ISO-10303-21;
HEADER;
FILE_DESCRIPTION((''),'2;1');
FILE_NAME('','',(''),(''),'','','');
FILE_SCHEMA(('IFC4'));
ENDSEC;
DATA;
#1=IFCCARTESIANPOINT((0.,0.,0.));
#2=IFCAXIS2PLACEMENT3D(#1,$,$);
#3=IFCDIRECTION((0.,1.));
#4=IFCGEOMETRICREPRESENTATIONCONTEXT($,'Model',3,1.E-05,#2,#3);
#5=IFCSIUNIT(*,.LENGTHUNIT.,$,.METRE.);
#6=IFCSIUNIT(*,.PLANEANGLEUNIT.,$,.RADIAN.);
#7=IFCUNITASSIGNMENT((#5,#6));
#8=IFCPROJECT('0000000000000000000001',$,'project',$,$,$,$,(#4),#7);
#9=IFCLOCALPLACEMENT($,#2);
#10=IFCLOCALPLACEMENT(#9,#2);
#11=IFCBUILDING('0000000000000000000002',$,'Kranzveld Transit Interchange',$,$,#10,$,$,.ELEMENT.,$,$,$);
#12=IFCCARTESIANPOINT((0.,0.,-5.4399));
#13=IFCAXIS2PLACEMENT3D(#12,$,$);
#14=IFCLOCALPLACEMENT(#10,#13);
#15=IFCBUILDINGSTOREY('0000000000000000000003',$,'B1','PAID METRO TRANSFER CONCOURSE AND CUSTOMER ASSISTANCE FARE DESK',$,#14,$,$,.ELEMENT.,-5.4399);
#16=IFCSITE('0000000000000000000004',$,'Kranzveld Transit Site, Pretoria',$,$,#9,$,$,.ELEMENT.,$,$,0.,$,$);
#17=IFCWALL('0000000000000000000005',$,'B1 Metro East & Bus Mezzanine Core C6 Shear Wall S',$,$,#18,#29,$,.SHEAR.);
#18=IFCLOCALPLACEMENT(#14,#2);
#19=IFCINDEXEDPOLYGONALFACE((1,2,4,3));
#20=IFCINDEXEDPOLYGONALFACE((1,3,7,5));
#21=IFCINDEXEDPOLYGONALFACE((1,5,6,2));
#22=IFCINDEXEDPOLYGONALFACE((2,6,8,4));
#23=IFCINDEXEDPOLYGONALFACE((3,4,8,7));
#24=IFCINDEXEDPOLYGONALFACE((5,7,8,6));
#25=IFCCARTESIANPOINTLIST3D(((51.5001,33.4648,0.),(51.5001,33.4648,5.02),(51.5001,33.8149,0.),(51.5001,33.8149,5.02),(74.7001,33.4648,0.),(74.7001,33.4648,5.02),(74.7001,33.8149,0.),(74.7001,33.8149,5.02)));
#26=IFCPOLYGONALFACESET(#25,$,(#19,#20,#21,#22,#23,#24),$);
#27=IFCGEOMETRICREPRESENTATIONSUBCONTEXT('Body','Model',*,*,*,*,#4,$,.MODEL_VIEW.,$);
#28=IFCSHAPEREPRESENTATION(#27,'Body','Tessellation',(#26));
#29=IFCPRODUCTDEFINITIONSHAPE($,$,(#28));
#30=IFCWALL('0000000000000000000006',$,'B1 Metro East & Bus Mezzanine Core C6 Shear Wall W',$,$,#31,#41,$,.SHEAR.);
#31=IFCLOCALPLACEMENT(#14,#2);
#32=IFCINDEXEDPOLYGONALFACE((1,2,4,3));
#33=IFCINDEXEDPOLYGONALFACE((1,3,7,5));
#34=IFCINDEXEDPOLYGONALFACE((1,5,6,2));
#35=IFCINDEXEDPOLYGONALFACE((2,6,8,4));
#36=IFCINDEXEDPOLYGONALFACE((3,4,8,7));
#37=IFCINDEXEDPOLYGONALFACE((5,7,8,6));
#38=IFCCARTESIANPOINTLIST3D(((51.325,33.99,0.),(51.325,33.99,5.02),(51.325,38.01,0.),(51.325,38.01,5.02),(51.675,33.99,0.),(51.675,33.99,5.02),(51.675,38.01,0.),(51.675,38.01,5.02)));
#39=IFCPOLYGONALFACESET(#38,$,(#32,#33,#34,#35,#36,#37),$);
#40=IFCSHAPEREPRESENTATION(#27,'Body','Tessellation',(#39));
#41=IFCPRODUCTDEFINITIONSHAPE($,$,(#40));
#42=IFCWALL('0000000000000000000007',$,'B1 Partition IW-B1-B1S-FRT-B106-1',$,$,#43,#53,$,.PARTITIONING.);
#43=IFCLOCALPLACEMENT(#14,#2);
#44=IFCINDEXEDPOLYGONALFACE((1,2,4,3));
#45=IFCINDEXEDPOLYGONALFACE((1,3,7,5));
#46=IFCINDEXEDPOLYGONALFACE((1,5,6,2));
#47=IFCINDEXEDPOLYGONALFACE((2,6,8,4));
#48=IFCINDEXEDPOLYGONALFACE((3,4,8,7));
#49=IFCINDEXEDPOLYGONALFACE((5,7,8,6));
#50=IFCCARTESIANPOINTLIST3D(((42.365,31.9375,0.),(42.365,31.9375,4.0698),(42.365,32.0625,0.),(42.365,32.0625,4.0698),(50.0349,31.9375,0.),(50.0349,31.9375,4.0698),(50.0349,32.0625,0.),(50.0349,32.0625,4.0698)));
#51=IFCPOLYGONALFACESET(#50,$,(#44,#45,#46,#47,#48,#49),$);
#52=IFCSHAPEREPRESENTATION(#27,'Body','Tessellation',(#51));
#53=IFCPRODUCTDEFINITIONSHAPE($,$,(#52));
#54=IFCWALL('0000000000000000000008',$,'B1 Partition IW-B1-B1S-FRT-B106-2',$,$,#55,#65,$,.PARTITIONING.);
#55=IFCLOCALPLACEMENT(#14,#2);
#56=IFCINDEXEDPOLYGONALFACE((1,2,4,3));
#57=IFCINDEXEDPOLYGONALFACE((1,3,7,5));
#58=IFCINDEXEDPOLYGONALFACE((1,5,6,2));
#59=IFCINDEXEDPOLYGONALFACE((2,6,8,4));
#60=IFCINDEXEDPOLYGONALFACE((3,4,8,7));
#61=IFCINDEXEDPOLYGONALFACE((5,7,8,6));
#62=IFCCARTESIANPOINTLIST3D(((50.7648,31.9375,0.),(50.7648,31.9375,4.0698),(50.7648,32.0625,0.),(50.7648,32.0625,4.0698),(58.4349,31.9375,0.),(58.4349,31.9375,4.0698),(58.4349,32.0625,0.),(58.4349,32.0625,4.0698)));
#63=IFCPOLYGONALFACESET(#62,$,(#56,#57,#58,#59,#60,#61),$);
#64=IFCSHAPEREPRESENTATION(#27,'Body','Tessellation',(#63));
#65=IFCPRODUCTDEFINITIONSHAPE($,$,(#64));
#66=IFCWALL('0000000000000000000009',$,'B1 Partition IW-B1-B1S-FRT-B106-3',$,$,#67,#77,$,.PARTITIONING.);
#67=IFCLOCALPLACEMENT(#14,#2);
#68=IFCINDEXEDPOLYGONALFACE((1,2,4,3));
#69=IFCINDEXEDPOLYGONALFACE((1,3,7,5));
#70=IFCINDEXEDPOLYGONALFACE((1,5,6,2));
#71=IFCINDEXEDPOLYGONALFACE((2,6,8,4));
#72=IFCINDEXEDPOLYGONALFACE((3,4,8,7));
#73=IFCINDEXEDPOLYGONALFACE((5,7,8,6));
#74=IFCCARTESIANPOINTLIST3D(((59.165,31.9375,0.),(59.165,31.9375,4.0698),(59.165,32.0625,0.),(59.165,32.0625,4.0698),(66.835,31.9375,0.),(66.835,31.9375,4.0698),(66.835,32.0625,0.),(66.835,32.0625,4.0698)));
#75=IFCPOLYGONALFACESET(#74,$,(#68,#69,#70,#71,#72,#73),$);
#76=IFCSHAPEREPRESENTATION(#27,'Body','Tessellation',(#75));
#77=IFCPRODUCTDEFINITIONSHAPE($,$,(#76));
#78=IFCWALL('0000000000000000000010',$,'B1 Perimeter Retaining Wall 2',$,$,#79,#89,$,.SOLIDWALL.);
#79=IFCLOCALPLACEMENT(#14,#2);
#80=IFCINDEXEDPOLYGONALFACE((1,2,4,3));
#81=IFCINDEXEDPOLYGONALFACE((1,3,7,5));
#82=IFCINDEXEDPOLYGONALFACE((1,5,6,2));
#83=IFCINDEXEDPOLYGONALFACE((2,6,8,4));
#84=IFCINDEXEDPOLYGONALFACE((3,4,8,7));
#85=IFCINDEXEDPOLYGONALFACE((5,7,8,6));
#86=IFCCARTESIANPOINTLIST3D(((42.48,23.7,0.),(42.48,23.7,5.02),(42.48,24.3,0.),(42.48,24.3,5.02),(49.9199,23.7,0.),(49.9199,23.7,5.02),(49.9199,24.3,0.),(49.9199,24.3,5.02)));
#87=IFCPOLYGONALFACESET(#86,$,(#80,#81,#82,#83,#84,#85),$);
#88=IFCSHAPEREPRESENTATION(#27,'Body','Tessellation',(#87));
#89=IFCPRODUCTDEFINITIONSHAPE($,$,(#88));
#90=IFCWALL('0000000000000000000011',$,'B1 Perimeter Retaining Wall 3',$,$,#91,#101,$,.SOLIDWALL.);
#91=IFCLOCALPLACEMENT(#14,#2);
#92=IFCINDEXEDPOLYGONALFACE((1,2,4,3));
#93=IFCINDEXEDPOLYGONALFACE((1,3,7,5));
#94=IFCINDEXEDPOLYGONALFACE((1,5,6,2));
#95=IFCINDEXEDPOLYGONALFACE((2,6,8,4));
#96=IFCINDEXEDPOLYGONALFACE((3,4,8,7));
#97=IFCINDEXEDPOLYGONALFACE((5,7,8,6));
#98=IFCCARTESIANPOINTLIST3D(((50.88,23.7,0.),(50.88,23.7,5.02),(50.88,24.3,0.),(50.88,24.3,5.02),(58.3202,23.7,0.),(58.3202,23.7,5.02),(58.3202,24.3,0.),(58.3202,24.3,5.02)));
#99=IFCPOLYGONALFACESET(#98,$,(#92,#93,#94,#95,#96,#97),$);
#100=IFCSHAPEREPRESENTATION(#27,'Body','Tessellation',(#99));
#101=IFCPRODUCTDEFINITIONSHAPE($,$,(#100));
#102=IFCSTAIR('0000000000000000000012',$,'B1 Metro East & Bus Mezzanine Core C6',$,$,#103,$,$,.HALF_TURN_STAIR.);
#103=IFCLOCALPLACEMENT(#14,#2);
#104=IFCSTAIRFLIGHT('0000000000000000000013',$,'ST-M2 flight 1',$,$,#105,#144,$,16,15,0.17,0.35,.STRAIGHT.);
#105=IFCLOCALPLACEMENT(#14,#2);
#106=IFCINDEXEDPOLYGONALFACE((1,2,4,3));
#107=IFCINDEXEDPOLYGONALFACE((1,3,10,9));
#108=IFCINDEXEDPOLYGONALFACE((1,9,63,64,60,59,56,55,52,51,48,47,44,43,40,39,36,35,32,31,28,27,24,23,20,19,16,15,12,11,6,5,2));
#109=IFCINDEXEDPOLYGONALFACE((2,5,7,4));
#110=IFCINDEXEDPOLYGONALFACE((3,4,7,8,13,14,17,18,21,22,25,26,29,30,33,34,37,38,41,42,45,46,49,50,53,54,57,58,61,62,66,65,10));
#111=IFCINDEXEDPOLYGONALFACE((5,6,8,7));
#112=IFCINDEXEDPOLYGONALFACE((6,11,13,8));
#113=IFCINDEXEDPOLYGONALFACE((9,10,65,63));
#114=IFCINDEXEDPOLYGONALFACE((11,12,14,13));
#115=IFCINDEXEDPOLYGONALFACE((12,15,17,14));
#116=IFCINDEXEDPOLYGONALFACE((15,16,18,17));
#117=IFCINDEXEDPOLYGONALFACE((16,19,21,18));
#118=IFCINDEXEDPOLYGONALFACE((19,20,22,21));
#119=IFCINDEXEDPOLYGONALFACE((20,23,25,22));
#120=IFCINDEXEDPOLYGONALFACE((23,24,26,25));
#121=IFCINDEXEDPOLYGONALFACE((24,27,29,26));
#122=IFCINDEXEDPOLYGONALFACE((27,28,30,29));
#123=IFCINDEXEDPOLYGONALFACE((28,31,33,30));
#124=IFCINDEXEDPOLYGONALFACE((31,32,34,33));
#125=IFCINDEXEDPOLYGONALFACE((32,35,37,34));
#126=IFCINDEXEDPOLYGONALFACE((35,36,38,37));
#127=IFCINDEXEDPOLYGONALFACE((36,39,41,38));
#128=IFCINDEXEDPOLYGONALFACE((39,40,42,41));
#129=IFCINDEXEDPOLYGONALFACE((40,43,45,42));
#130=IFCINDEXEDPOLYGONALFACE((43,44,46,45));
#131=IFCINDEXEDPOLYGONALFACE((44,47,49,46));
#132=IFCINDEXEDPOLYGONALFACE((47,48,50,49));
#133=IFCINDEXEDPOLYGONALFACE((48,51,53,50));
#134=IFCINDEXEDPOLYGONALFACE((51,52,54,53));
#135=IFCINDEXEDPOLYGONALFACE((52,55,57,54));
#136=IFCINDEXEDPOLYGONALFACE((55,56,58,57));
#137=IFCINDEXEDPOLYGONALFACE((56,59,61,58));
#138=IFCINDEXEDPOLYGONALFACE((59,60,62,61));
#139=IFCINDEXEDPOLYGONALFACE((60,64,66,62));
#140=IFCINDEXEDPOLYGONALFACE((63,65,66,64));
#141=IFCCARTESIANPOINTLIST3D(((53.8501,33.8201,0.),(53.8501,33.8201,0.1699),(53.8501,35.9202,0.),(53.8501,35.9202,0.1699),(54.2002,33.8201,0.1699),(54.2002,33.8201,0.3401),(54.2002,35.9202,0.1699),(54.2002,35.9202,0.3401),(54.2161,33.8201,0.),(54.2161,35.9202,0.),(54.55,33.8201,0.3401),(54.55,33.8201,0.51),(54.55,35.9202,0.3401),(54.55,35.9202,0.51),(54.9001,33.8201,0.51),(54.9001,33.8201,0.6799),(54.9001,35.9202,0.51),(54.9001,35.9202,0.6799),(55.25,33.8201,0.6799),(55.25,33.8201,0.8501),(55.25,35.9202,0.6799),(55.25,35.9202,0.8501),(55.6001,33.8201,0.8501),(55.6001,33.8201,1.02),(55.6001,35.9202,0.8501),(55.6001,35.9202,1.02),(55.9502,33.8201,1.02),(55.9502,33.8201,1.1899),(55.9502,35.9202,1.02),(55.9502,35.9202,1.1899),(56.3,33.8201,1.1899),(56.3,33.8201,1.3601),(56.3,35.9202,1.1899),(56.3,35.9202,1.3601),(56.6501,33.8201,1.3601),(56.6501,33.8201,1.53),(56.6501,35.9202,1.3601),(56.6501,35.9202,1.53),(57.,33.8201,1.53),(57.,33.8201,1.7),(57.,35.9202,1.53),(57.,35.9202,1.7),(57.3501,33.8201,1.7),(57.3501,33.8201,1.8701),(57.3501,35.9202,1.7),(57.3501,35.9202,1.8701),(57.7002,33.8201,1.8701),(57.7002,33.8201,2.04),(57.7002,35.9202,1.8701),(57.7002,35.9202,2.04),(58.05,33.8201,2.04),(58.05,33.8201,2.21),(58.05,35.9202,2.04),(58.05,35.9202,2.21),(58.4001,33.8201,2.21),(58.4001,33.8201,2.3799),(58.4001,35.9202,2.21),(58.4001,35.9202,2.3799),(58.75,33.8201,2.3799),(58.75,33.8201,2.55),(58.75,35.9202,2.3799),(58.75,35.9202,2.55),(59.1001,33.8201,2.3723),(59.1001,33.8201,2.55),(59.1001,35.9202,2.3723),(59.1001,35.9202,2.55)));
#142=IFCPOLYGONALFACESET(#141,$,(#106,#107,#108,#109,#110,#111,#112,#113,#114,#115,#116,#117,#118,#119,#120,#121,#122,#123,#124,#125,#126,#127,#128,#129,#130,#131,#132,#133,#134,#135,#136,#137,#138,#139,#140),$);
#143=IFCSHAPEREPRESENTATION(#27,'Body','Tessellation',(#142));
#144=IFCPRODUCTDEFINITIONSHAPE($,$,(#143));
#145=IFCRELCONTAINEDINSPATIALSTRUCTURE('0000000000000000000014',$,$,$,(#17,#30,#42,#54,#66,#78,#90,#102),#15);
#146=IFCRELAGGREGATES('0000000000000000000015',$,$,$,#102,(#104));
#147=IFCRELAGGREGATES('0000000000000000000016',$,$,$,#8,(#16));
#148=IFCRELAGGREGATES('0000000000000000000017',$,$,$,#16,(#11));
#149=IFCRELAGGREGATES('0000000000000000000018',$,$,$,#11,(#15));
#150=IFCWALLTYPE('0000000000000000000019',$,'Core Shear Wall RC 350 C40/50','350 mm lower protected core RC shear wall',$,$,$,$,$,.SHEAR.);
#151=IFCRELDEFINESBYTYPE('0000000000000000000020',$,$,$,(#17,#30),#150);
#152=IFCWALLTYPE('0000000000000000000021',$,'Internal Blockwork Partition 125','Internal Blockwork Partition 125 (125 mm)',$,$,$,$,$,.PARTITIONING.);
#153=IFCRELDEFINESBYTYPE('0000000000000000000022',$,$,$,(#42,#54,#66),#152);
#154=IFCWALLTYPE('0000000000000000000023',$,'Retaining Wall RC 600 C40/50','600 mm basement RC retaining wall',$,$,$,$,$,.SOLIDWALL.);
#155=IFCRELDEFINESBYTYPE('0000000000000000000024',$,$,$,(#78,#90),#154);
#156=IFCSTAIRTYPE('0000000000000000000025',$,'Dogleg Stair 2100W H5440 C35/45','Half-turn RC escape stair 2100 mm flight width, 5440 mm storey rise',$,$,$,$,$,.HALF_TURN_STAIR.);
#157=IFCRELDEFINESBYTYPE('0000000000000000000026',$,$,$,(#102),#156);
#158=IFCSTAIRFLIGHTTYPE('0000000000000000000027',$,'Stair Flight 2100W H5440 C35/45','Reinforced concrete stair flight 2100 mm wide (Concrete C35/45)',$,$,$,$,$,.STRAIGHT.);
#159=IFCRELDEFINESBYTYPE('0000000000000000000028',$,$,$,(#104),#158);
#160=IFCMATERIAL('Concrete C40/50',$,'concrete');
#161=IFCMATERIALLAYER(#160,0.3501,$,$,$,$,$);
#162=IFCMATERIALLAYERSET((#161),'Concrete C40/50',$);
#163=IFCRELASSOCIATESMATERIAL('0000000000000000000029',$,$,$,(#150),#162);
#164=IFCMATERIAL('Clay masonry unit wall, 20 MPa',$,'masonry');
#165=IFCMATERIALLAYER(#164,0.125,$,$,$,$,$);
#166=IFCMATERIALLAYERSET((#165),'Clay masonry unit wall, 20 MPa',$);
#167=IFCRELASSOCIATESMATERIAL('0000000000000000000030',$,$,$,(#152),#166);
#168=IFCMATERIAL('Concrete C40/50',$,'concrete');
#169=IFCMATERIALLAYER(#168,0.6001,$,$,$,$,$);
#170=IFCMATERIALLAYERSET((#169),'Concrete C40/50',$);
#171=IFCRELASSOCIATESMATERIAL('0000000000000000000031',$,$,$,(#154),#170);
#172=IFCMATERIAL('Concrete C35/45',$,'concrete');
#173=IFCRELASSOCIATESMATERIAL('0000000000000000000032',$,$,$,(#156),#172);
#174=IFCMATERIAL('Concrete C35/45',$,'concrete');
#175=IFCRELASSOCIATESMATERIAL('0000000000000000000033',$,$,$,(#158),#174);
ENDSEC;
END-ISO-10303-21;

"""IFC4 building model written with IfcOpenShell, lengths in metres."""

from ifc_helpers import new_model, si_unit, direction, frame, frame_2d, origin, place, context, subcontext, project, spatial, polyline, rectangle, outline, extrude, material, layer, layer_set, type_object, element, aggregate, save


model = new_model("IFC4")

# Units and contexts
model_context = context("Model", 3, precision=1e-05, world=origin(), true_north=direction((0.0, 1.0)))
body_context = subcontext(model_context, "Body", "Model", "MODEL_VIEW")
ifc_project = project(units=[si_unit("LENGTHUNIT", "METRE"), si_unit("PLANEANGLEUNIT", "RADIAN")], contexts=[model_context])

# Site, building, storey
site_placement = place(None, origin())
site = spatial("IfcSite", under=ifc_project, at=site_placement, Name="Kranzveld Transit Site, Pretoria", CompositionType="ELEMENT", RefElevation=0.0)
building_placement = place(site_placement, origin())
building = spatial("IfcBuilding", under=site, at=building_placement, Name="Kranzveld Transit Interchange", CompositionType="ELEMENT")
storey_placement = place(building_placement, frame((0.0, 0.0, -5.4399)))
storey = spatial("IfcBuildingStorey", under=building, at=storey_placement, Name="B1", Description="PAID METRO TRANSFER CONCOURSE AND CUSTOMER ASSISTANCE FARE DESK", CompositionType="ELEMENT", Elevation=-5.4399)

# Walls
ifc_material_1 = material(Name="Concrete C40/50", Category="concrete")
ifc_layer_1 = layer(ifc_material_1, 0.3501)
ifc_layer_set_1 = layer_set([ifc_layer_1], Name="Concrete C40/50")
wall_type_1 = type_object("IfcWallType", Name="Core Shear Wall RC 350 C40/50", Description="350 mm lower protected core RC shear wall", PredefinedType="SHEAR", material=ifc_layer_set_1)
wall_1_placement = place(storey_placement, frame((51.5, 33.6399, 0.0), z_axis=(0.0, 0.0, 1.0), x_axis=(1.0, 0.0, 0.0)))
element("IfcWall", 1, at=wall_1_placement, inside=storey, type_object=wall_type_1, Name="B1 Metro East & Bus Mezzanine Core C6 Shear Wall S", PredefinedType="SHEAR", context=body_context, shape_type="SweptSolid", body=[
    extrude(rectangle(XDim=23.2, YDim=0.3501, at=frame_2d((11.6001, 0.0))), origin(), (0.0, 0.0, 1.0), 5.02),
])
wall_2_placement = place(storey_placement, frame((51.5, 33.99, 0.0), z_axis=(0.0, 0.0, 1.0), x_axis=(0.0, 1.0, 0.0)))
element("IfcWall", 2, at=wall_2_placement, inside=storey, type_object=wall_type_1, Name="B1 Metro East & Bus Mezzanine Core C6 Shear Wall W", PredefinedType="SHEAR", context=body_context, shape_type="SweptSolid", body=[
    extrude(rectangle(XDim=4.02, YDim=0.3501, at=frame_2d((2.01, 0.0))), origin(), (0.0, 0.0, 1.0), 5.02),
])
ifc_material_2 = material(Name="Clay masonry unit wall, 20 MPa", Category="masonry")
ifc_layer_2 = layer(ifc_material_2, 0.125)
ifc_layer_set_2 = layer_set([ifc_layer_2], Name="Clay masonry unit wall, 20 MPa")
wall_type_2 = type_object("IfcWallType", Name="Internal Blockwork Partition 125", Description="Internal Blockwork Partition 125 (125 mm)", PredefinedType="PARTITIONING", material=ifc_layer_set_2)
wall_3_placement = place(storey_placement, frame((42.365, 32.0, 0.0), z_axis=(0.0, 0.0, 1.0), x_axis=(1.0, 0.0, 0.0)))
element("IfcWall", 3, at=wall_3_placement, inside=storey, type_object=wall_type_2, Name="B1 Partition IW-B1-B1S-FRT-B106-1", PredefinedType="PARTITIONING", context=body_context, shape_type="SweptSolid", body=[
    extrude(rectangle(XDim=7.6699, YDim=0.125, at=frame_2d((3.835, 0.0))), origin(), (0.0, 0.0, 1.0), 4.0698),
])
wall_4_placement = place(storey_placement, frame((50.7649, 32.0, 0.0), z_axis=(0.0, 0.0, 1.0), x_axis=(1.0, 0.0, 0.0)))
element("IfcWall", 4, at=wall_4_placement, inside=storey, type_object=wall_type_2, Name="B1 Partition IW-B1-B1S-FRT-B106-2", PredefinedType="PARTITIONING", context=body_context, shape_type="SweptSolid", body=[
    extrude(rectangle(XDim=7.6702, YDim=0.125, at=frame_2d((3.835, 0.0))), origin(), (0.0, 0.0, 1.0), 4.0698),
])
wall_5_placement = place(storey_placement, frame((59.165, 32.0, 0.0), z_axis=(0.0, 0.0, 1.0), x_axis=(1.0, 0.0, 0.0)))
element("IfcWall", 5, at=wall_5_placement, inside=storey, type_object=wall_type_2, Name="B1 Partition IW-B1-B1S-FRT-B106-3", PredefinedType="PARTITIONING", context=body_context, shape_type="SweptSolid", body=[
    extrude(rectangle(XDim=7.6699, YDim=0.125, at=frame_2d((3.835, 0.0))), origin(), (0.0, 0.0, 1.0), 4.0698),
])
ifc_material_3 = material(Name="Concrete C40/50", Category="concrete")
ifc_layer_3 = layer(ifc_material_3, 0.6001)
ifc_layer_set_3 = layer_set([ifc_layer_3], Name="Concrete C40/50")
wall_type_3 = type_object("IfcWallType", Name="Retaining Wall RC 600 C40/50", Description="600 mm basement RC retaining wall", PredefinedType="SOLIDWALL", material=ifc_layer_set_3)
wall_6_placement = place(storey_placement, frame((42.48, 24.0, 0.0), z_axis=(0.0, 0.0, 1.0), x_axis=(1.0, 0.0, 0.0)))
element("IfcWall", 6, at=wall_6_placement, inside=storey, type_object=wall_type_3, Name="B1 Perimeter Retaining Wall 2", PredefinedType="SOLIDWALL", context=body_context, shape_type="SweptSolid", body=[
    extrude(rectangle(XDim=7.4399, YDim=0.6001, at=frame_2d((3.72, 0.0))), origin(), (0.0, 0.0, 1.0), 5.02),
])
wall_7_placement = place(storey_placement, frame((50.8799, 24.0, 0.0), z_axis=(0.0, 0.0, 1.0), x_axis=(1.0, 0.0, 0.0)))
element("IfcWall", 7, at=wall_7_placement, inside=storey, type_object=wall_type_3, Name="B1 Perimeter Retaining Wall 3", PredefinedType="SOLIDWALL", context=body_context, shape_type="SweptSolid", body=[
    extrude(rectangle(XDim=7.4402, YDim=0.6001, at=frame_2d((3.7202, 0.0))), origin(), (0.0, 0.0, 1.0), 5.02),
])

# Stair, stair flight
ifc_material_4 = material(Name="Concrete C35/45", Category="concrete")
stair_type = type_object("IfcStairType", Name="Dogleg Stair 2100W H5440 C35/45", Description="Half-turn RC escape stair 2100 mm flight width, 5440 mm storey rise", PredefinedType="HALF_TURN_STAIR", material=ifc_material_4)
stair_placement = place(storey_placement, origin())
stair = element("IfcStair", 8, at=stair_placement, inside=storey, type_object=stair_type, Name="B1 Metro East & Bus Mezzanine Core C6", PredefinedType="HALF_TURN_STAIR")
ifc_material_5 = material(Name="Concrete C35/45", Category="concrete")
stair_flight_type = type_object("IfcStairFlightType", Name="Stair Flight 2100W H5440 C35/45", Description="Reinforced concrete stair flight 2100 mm wide (Concrete C35/45)", PredefinedType="STRAIGHT", material=ifc_material_5)
stair_flight_placement = place(storey_placement, frame((53.8501, 34.8701, 0.0), z_axis=(0.0, 0.0, 1.0), x_axis=(1.0, 0.0, 0.0)))
stair_flight = element("IfcStairFlight", 9, at=stair_flight_placement, type_object=stair_flight_type, Name="ST-M2 flight 1", NumberOfRisers=16, NumberOfTreads=15, PredefinedType="STRAIGHT", RiserHeight=0.17, TreadLength=0.35, context=body_context, shape_type="SweptSolid", body=[
    extrude(outline(polyline([(0.0, 0.0), (0.0, 0.1699), (0.3501, 0.1699), (0.3501, 0.3401), (0.7, 0.3401), (0.7, 0.51), (1.05, 0.51), (1.05, 0.6799), (1.3999, 0.6799), (1.3999, 0.8501), (1.75, 0.8501), (1.75, 1.02), (2.1001, 1.02), (2.1001, 1.1899), (2.45, 1.1899), (2.45, 1.3601), (2.8, 1.3601), (2.8, 1.53), (3.1499, 1.53), (3.1499, 1.7), (3.5, 1.7), (3.5, 1.8701), (3.8501, 1.8701), (3.8501, 2.04), (4.2, 2.04), (4.2, 2.21), (4.55, 2.21), (4.55, 2.3799), (4.8999, 2.3799), (4.8999, 2.55), (5.25, 2.55), (5.25, 2.72), (5.25, 2.3723), (0.366, 0.0), (0.0, 0.0)])), frame((0.0, 1.05, 0.0), z_axis=(0.0, -1.0, 0.0), x_axis=(1.0, 0.0, 0.0)), (0.0, 0.0, 1.0), 2.1001),
])
aggregate(stair, [stair_flight])

save(model, "model.ifc")
